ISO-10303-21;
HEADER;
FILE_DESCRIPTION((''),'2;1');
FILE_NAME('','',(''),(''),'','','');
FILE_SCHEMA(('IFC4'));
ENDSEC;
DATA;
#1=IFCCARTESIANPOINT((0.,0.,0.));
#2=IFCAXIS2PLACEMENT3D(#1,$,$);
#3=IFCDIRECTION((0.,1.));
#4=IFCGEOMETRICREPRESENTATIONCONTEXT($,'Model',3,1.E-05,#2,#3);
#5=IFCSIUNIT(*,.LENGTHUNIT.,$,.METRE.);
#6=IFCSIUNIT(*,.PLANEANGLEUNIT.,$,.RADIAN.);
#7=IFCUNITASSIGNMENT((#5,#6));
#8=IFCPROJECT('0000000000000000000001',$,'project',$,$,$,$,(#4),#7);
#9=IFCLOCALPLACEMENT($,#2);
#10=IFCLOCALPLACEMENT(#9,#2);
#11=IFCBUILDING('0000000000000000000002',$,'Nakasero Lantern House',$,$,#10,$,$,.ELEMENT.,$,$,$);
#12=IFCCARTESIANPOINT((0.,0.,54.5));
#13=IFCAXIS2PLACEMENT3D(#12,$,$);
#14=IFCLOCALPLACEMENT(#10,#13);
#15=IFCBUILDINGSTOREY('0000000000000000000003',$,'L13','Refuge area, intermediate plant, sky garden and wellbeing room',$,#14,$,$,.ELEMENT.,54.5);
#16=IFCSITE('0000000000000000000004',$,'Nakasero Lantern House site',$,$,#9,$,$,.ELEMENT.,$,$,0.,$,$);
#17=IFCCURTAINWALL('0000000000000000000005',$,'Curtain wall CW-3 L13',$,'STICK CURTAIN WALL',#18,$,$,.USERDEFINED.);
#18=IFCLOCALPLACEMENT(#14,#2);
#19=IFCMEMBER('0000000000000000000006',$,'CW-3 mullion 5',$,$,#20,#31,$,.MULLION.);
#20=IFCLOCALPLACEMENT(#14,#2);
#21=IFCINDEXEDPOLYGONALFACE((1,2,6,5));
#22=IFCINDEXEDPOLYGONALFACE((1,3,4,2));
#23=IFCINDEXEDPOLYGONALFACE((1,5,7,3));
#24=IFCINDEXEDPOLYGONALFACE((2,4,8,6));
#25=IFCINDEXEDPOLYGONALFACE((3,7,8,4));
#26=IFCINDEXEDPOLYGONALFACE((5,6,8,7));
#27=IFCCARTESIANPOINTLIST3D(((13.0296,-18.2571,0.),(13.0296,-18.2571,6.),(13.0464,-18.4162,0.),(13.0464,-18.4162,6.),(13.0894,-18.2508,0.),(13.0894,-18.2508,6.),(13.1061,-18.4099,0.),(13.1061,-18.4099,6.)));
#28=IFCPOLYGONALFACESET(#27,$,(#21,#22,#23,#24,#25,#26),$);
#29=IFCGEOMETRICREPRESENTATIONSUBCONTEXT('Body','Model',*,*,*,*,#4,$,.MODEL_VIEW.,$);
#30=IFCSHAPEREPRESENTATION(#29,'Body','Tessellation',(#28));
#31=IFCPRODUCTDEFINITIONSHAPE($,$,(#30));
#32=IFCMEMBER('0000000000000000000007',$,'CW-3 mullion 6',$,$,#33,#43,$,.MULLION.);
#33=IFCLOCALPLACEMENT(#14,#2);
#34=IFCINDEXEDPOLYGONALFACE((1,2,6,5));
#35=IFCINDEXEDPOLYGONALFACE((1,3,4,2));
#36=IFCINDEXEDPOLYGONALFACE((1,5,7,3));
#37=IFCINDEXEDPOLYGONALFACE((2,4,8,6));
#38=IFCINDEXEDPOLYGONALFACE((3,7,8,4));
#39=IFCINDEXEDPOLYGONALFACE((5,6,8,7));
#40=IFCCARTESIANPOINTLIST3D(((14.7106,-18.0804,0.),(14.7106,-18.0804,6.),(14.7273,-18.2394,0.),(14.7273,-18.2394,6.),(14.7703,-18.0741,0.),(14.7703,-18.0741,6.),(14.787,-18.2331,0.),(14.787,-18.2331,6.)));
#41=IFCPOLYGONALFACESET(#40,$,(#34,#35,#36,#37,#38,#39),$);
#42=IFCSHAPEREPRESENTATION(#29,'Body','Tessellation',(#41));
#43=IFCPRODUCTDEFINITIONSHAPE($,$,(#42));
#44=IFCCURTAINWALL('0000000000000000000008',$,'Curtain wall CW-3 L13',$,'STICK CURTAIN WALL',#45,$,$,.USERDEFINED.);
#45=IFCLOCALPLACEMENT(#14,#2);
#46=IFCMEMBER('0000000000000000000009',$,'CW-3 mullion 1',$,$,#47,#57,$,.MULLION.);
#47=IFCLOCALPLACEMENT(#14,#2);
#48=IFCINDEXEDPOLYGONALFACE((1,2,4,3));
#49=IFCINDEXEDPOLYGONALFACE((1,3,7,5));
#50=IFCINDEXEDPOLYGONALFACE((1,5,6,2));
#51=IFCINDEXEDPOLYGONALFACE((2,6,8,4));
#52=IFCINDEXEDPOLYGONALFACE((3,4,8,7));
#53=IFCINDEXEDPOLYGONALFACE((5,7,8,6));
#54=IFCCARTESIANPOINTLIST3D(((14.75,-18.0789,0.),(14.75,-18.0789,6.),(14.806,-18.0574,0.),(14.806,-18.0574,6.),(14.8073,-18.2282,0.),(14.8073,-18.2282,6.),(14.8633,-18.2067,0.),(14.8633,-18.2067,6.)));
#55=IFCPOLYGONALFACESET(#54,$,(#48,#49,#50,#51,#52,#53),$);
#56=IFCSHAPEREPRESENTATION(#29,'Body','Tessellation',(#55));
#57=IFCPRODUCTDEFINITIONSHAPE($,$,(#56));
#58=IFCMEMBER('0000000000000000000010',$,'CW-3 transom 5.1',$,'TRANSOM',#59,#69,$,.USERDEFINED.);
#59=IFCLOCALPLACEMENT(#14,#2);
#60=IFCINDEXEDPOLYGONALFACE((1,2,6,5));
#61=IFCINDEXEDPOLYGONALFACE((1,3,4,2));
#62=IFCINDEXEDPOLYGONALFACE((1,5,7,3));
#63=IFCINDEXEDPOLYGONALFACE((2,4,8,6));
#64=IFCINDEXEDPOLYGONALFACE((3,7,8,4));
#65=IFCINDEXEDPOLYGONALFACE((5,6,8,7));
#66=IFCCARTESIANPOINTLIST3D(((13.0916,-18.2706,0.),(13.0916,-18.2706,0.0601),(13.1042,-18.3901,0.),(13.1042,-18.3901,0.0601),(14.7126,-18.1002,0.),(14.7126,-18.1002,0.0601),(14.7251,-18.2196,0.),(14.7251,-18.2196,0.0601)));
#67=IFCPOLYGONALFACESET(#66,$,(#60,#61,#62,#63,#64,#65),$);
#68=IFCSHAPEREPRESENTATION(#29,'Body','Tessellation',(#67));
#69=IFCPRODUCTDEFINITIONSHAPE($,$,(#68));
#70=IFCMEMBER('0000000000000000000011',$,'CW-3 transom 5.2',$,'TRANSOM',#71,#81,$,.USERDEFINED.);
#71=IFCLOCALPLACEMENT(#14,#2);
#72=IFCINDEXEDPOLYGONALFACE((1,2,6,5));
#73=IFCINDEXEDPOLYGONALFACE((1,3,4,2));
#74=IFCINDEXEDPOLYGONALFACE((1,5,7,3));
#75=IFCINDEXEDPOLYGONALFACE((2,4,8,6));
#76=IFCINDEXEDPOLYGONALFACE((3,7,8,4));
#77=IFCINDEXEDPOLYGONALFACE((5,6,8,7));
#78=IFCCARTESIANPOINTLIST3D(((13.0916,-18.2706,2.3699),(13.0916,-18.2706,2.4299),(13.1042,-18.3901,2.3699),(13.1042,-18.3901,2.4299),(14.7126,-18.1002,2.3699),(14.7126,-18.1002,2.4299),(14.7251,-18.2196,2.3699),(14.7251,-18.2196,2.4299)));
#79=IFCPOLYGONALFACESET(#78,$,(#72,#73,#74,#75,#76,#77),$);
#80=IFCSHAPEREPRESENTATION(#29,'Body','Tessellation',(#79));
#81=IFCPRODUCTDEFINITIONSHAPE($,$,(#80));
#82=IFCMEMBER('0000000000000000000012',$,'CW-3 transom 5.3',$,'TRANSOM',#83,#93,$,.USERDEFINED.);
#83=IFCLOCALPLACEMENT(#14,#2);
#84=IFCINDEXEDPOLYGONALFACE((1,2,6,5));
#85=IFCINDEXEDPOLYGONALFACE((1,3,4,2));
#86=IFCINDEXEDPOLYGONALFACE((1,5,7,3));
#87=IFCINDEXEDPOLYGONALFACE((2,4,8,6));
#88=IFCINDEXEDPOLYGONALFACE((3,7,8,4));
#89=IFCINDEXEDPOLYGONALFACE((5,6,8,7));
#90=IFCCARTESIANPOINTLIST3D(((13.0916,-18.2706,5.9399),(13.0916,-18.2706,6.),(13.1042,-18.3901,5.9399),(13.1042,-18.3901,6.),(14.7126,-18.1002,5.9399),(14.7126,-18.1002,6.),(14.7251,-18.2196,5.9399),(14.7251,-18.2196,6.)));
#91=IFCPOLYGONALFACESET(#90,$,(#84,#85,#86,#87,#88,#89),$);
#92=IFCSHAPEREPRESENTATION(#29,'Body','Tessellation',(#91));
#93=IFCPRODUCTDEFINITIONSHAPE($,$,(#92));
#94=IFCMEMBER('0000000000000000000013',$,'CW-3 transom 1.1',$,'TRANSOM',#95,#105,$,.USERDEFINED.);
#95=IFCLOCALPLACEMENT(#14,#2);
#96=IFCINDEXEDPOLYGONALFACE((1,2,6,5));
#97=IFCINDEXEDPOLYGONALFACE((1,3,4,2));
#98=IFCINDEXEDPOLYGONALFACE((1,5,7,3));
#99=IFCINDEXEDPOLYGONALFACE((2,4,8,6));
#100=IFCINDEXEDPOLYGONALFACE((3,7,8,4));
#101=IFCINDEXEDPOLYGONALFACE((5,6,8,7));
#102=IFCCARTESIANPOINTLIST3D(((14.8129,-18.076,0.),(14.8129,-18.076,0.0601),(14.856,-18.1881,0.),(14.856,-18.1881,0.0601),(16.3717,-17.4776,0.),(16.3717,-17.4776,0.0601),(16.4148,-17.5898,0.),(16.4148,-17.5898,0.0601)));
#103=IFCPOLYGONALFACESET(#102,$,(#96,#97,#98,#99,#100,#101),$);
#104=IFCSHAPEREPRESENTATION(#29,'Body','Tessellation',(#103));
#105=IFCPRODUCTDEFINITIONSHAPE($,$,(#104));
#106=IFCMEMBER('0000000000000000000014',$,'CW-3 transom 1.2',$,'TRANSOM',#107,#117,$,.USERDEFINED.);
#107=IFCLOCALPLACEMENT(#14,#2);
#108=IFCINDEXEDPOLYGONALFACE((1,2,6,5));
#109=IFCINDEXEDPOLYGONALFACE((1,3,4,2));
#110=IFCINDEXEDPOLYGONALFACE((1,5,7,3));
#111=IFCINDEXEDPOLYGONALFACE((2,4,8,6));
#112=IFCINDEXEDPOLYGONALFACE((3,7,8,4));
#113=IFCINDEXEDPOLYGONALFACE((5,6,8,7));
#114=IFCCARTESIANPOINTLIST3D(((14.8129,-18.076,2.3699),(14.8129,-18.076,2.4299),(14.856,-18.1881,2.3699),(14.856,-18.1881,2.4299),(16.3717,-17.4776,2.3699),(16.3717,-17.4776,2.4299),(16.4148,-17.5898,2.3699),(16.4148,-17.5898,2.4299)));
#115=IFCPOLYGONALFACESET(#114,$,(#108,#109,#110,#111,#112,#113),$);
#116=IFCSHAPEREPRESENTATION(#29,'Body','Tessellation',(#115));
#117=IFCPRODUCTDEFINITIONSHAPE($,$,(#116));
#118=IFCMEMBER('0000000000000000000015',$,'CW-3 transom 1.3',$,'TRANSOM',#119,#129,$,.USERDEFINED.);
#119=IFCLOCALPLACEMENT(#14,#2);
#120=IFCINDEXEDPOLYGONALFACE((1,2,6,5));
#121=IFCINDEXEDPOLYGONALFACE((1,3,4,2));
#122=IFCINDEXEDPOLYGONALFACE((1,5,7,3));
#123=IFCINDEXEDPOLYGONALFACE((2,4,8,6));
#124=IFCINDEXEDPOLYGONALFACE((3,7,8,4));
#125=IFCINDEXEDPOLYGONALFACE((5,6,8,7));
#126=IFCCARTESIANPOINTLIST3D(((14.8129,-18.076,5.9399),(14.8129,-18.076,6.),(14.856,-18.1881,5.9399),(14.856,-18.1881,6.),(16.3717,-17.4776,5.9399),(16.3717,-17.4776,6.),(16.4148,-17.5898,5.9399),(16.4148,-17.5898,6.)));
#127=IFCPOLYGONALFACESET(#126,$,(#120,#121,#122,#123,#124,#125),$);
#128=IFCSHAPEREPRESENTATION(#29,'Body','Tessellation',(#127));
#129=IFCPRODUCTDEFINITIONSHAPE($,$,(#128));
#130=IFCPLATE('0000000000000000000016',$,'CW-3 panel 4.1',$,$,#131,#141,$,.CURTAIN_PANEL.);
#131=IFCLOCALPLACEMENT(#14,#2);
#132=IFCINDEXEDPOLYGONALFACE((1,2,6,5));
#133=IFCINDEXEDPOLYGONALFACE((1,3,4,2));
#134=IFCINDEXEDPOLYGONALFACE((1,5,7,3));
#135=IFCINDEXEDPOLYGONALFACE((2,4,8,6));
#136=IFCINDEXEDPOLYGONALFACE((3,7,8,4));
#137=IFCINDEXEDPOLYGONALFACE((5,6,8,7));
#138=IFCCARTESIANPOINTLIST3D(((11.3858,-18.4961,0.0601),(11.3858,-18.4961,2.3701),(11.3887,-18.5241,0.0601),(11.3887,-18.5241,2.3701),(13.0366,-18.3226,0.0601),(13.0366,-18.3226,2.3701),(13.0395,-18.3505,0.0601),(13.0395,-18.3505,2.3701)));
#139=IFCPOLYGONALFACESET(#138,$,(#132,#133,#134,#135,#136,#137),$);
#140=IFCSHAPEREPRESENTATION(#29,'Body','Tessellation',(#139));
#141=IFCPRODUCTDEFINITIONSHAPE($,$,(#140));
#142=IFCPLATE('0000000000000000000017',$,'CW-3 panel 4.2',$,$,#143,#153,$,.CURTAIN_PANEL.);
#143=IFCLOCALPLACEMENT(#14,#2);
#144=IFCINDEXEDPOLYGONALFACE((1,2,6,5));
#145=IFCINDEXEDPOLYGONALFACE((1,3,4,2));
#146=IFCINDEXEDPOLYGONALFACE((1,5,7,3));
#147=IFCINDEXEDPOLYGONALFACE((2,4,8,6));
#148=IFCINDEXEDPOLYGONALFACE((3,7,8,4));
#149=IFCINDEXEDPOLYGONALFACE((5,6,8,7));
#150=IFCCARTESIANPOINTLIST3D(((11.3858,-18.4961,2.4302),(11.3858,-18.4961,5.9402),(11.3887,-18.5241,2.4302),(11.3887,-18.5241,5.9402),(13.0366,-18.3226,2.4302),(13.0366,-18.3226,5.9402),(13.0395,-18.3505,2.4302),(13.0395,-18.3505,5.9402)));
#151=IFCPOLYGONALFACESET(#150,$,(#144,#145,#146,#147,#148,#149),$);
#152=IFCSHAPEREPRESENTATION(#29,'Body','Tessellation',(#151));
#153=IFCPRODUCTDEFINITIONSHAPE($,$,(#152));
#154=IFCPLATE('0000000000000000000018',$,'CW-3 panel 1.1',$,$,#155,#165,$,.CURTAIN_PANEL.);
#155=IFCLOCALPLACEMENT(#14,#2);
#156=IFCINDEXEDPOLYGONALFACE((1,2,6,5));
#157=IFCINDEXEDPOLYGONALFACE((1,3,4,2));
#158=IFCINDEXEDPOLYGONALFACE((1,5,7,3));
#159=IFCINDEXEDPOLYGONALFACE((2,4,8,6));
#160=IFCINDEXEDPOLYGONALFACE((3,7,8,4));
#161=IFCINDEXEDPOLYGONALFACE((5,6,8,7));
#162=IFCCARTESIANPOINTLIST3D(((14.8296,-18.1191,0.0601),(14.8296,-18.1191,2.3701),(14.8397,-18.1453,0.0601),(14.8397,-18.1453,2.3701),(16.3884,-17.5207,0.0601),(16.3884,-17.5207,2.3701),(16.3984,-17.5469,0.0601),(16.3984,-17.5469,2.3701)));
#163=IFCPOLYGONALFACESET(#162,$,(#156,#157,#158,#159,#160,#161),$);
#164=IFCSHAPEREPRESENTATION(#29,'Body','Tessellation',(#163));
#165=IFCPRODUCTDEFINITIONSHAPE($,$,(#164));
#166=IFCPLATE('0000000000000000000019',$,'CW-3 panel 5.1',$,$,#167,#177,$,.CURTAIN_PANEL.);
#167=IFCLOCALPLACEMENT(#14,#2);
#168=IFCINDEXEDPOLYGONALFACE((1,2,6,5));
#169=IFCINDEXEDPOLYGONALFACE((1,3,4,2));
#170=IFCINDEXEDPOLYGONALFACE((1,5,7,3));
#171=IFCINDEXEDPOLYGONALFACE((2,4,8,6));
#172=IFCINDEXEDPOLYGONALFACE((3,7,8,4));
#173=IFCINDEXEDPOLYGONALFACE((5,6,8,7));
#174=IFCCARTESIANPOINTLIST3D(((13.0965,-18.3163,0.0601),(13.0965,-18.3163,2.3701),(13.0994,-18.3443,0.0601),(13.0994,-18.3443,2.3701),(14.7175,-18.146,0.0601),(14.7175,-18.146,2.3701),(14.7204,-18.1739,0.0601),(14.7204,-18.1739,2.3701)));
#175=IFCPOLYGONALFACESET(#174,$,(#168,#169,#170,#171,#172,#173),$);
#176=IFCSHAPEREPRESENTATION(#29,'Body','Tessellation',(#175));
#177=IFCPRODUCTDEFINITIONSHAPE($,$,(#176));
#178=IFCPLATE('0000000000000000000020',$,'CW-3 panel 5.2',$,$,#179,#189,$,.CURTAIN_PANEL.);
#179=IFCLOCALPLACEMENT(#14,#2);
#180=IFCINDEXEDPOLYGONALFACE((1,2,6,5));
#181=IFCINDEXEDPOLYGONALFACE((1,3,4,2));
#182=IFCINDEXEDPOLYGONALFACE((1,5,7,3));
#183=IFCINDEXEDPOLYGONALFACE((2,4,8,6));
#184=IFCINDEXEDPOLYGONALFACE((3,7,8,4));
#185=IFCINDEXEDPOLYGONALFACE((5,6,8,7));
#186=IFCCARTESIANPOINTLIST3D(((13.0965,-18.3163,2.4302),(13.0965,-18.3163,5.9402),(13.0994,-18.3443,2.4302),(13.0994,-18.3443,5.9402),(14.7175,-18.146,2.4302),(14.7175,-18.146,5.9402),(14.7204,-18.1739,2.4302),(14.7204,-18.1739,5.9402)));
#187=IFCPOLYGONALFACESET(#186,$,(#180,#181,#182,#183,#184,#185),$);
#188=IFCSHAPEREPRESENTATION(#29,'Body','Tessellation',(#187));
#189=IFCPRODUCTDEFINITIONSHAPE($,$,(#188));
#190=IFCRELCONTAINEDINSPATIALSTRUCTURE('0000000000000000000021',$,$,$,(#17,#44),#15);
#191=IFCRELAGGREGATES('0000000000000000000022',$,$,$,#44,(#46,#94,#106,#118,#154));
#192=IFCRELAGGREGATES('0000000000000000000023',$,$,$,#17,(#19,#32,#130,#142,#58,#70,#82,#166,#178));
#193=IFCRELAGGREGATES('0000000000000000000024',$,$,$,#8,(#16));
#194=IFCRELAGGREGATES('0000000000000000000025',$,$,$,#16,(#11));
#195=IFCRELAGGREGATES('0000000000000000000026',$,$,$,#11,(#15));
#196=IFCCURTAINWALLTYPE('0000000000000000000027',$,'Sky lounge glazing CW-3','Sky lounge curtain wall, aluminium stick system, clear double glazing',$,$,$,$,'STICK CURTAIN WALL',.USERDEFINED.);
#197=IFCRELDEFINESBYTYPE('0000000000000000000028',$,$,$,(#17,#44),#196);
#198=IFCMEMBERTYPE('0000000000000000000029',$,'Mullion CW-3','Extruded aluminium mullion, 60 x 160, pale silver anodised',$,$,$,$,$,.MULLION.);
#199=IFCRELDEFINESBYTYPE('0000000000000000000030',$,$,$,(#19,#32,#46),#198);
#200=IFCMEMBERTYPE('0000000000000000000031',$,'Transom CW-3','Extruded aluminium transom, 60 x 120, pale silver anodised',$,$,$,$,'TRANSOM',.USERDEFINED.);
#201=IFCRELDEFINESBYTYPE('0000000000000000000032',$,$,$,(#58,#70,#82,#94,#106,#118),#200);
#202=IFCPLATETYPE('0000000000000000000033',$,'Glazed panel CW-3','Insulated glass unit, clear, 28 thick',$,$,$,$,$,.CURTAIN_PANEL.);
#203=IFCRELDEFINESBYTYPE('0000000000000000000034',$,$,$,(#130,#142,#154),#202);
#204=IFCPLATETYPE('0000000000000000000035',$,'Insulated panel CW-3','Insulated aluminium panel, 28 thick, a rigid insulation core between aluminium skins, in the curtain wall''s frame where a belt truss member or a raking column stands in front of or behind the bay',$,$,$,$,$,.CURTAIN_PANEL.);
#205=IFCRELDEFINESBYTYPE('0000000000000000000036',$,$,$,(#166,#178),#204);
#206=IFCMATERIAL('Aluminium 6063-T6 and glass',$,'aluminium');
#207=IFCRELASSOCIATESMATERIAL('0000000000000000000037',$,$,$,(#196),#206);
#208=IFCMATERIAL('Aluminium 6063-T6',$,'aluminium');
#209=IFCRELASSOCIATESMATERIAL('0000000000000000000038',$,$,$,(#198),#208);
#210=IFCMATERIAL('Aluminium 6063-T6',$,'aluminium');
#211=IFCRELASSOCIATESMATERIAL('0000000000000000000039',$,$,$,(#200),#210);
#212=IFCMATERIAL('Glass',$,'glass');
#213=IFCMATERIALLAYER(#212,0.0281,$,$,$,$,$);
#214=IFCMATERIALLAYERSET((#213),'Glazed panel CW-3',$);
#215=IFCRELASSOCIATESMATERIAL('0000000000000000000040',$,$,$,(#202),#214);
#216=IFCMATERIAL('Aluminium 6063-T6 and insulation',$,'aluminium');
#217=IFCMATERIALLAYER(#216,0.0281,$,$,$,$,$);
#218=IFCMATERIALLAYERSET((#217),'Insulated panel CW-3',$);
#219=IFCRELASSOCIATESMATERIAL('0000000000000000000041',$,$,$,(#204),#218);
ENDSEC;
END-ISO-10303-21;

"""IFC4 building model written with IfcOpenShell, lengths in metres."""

from ifc_helpers import new_model, si_unit, direction, frame, origin, origin_2d, place, context, subcontext, project, spatial, rectangle, extrude, material, layer, layer_set, material_profile, profile_set, type_object, element, aggregate, save


model = new_model("IFC4")

# Units and contexts
model_context = context("Model", 3, precision=1e-05, world=origin(), true_north=direction((0.0, 1.0)))
body_context = subcontext(model_context, "Body", "Model", "MODEL_VIEW")
ifc_project = project(units=[si_unit("LENGTHUNIT", "METRE"), si_unit("PLANEANGLEUNIT", "RADIAN")], contexts=[model_context])

# Site, building, storey
site_placement = place(None, origin())
site = spatial("IfcSite", under=ifc_project, at=site_placement, Name="Nakasero Lantern House site", CompositionType="ELEMENT", RefElevation=0.0)
building_placement = place(site_placement, origin())
building = spatial("IfcBuilding", under=site, at=building_placement, Name="Nakasero Lantern House", CompositionType="ELEMENT")
storey_placement = place(building_placement, frame((0.0, 0.0, 54.5)))
storey = spatial("IfcBuildingStorey", under=building, at=storey_placement, Name="L13", Description="Refuge area, intermediate plant, sky garden and wellbeing room", CompositionType="ELEMENT", Elevation=54.5)

# Curtain wall, members
ifc_material_1 = material(Name="Aluminium 6063-T6 and glass", Category="aluminium")
curtain_wall_type = type_object("IfcCurtainWallType", Name="Sky lounge glazing CW-3", Description="Sky lounge curtain wall, aluminium stick system, clear double glazing", ElementType="STICK CURTAIN WALL", PredefinedType="USERDEFINED", material=ifc_material_1)
curtain_wall_1_placement = place(storey_placement, origin())
curtain_wall_1 = element("IfcCurtainWall", 1, at=curtain_wall_1_placement, inside=storey, type_object=curtain_wall_type, Name="Curtain wall CW-3 L13", ObjectType="STICK CURTAIN WALL", PredefinedType="USERDEFINED")
ifc_material_2 = material(Name="Aluminium 6063-T6", Category="aluminium")
ifc_material_profile_1 = material_profile(ifc_material_2, rectangle(XDim=0.0601, YDim=0.1599, at=origin_2d()), Name="CW-3 mullion 60x160")
ifc_profile_set_1 = profile_set([ifc_material_profile_1], Name="Aluminium 6063-T6")
member_type_1 = type_object("IfcMemberType", Name="Mullion CW-3", Description="Extruded aluminium mullion, 60 x 160, pale silver anodised", PredefinedType="MULLION", material=ifc_profile_set_1)
member_1_placement = place(storey_placement, frame((13.0679, -18.3335, 0.0), z_axis=(0.0, 0.0, 1.0), x_axis=(0.994522, 0.104528, 0.0)))
member_1 = element("IfcMember", 2, at=member_1_placement, type_object=member_type_1, Name="CW-3 mullion 5", PredefinedType="MULLION", context=body_context, shape_type="SweptSolid", body=[
    extrude(rectangle(XDim=0.0601, YDim=0.1599, at=origin_2d()), origin(), (0.0, 0.0, 1.0), 6.0),
])
member_2_placement = place(storey_placement, frame((14.7488, -18.1567, 0.0), z_axis=(0.0, 0.0, 1.0), x_axis=(0.994522, 0.104528, 0.0)))
member_2 = element("IfcMember", 3, at=member_2_placement, type_object=member_type_1, Name="CW-3 mullion 6", PredefinedType="MULLION", context=body_context, shape_type="SweptSolid", body=[
    extrude(rectangle(XDim=0.0601, YDim=0.1599, at=origin_2d()), origin(), (0.0, 0.0, 1.0), 6.0),
])

# Curtain wall, member
curtain_wall_2_placement = place(storey_placement, origin())
curtain_wall_2 = element("IfcCurtainWall", 4, at=curtain_wall_2_placement, inside=storey, type_object=curtain_wall_type, Name="Curtain wall CW-3 L13", ObjectType="STICK CURTAIN WALL", PredefinedType="USERDEFINED")
member_3_placement = place(storey_placement, frame((14.8066, -18.1428, 0.0), z_axis=(0.0, 0.0, 1.0), x_axis=(0.93358, 0.358368, 0.0)))
member_3 = element("IfcMember", 5, at=member_3_placement, type_object=member_type_1, Name="CW-3 mullion 1", PredefinedType="MULLION", context=body_context, shape_type="SweptSolid", body=[
    extrude(rectangle(XDim=0.0601, YDim=0.1599, at=origin_2d()), origin(), (0.0, 0.0, 1.0), 6.0),
])

# Members
ifc_material_3 = material(Name="Aluminium 6063-T6", Category="aluminium")
ifc_material_profile_2 = material_profile(ifc_material_3, rectangle(XDim=0.0601, YDim=0.1201, at=origin_2d()), Name="CW-3 transom 60x120")
ifc_profile_set_2 = profile_set([ifc_material_profile_2], Name="Aluminium 6063-T6")
member_type_2 = type_object("IfcMemberType", Name="Transom CW-3", Description="Extruded aluminium transom, 60 x 120, pale silver anodised", ElementType="TRANSOM", PredefinedType="USERDEFINED", material=ifc_profile_set_2)
member_4_placement = place(storey_placement, frame((13.0979, -18.3303, 0.03), z_axis=(0.994519, 0.10456, 0.0), x_axis=(0.0, 0.0, 1.0)))
member_4 = element("IfcMember", 6, at=member_4_placement, type_object=member_type_2, Name="CW-3 transom 5.1", ObjectType="TRANSOM", PredefinedType="USERDEFINED", context=body_context, shape_type="SweptSolid", body=[
    extrude(rectangle(XDim=0.0601, YDim=0.1201, at=origin_2d()), origin(), (0.0, 0.0, 1.0), 1.6299),
])
member_5_placement = place(storey_placement, frame((13.0979, -18.3303, 2.3999), z_axis=(0.994519, 0.10456, 0.0), x_axis=(0.0, 0.0, 1.0)))
member_5 = element("IfcMember", 7, at=member_5_placement, type_object=member_type_2, Name="CW-3 transom 5.2", ObjectType="TRANSOM", PredefinedType="USERDEFINED", context=body_context, shape_type="SweptSolid", body=[
    extrude(rectangle(XDim=0.0601, YDim=0.1201, at=origin_2d()), origin(), (0.0, 0.0, 1.0), 1.6299),
])
member_6_placement = place(storey_placement, frame((13.0979, -18.3303, 5.97), z_axis=(0.994519, 0.10456, 0.0), x_axis=(0.0, 0.0, 1.0)))
member_6 = element("IfcMember", 8, at=member_6_placement, type_object=member_type_2, Name="CW-3 transom 5.3", ObjectType="TRANSOM", PredefinedType="USERDEFINED", context=body_context, shape_type="SweptSolid", body=[
    extrude(rectangle(XDim=0.0601, YDim=0.1201, at=origin_2d()), origin(), (0.0, 0.0, 1.0), 1.6299),
])
member_7_placement = place(storey_placement, frame((14.8345, -18.1321, 0.03), z_axis=(0.933579, 0.358372, 0.0), x_axis=(0.0, 0.0, 1.0)))
member_7 = element("IfcMember", 9, at=member_7_placement, type_object=member_type_2, Name="CW-3 transom 1.1", ObjectType="TRANSOM", PredefinedType="USERDEFINED", context=body_context, shape_type="SweptSolid", body=[
    extrude(rectangle(XDim=0.0601, YDim=0.1201, at=origin_2d()), origin(), (0.0, 0.0, 1.0), 1.6697),
])
member_8_placement = place(storey_placement, frame((14.8345, -18.1321, 2.3999), z_axis=(0.933579, 0.358372, 0.0), x_axis=(0.0, 0.0, 1.0)))
member_8 = element("IfcMember", 10, at=member_8_placement, type_object=member_type_2, Name="CW-3 transom 1.2", ObjectType="TRANSOM", PredefinedType="USERDEFINED", context=body_context, shape_type="SweptSolid", body=[
    extrude(rectangle(XDim=0.0601, YDim=0.1201, at=origin_2d()), origin(), (0.0, 0.0, 1.0), 1.6697),
])
member_9_placement = place(storey_placement, frame((14.8345, -18.1321, 5.97), z_axis=(0.933579, 0.358372, 0.0), x_axis=(0.0, 0.0, 1.0)))
member_9 = element("IfcMember", 11, at=member_9_placement, type_object=member_type_2, Name="CW-3 transom 1.3", ObjectType="TRANSOM", PredefinedType="USERDEFINED", context=body_context, shape_type="SweptSolid", body=[
    extrude(rectangle(XDim=0.0601, YDim=0.1201, at=origin_2d()), origin(), (0.0, 0.0, 1.0), 1.6697),
])

# Plates
ifc_material_4 = material(Name="Glass", Category="glass")
ifc_layer_1 = layer(ifc_material_4, 0.0281)
ifc_layer_set_1 = layer_set([ifc_layer_1], Name="Glazed panel CW-3")
plate_type_1 = type_object("IfcPlateType", Name="Glazed panel CW-3", Description="Insulated glass unit, clear, 28 thick", PredefinedType="CURTAIN_PANEL", material=ifc_layer_set_1)
plate_1_placement = place(storey_placement, frame((12.2126, -18.4233, 0.0601), z_axis=(0.0, 0.0, 1.0), x_axis=(0.994522, 0.104528, 0.0)))
plate_1 = element("IfcPlate", 12, at=plate_1_placement, type_object=plate_type_1, Name="CW-3 panel 4.1", PredefinedType="CURTAIN_PANEL", context=body_context, shape_type="SweptSolid", body=[
    extrude(rectangle(XDim=1.6599, YDim=0.0281, at=origin_2d()), origin(), (0.0, 0.0, 1.0), 2.3101),
])
plate_2_placement = place(storey_placement, frame((12.2126, -18.4233, 2.4302), z_axis=(0.0, 0.0, 1.0), x_axis=(0.994522, 0.104528, 0.0)))
plate_2 = element("IfcPlate", 13, at=plate_2_placement, type_object=plate_type_1, Name="CW-3 panel 4.2", PredefinedType="CURTAIN_PANEL", context=body_context, shape_type="SweptSolid", body=[
    extrude(rectangle(XDim=1.6599, YDim=0.0281, at=origin_2d()), origin(), (0.0, 0.0, 1.0), 3.51),
])
plate_3_placement = place(storey_placement, frame((15.614, -17.833, 0.0601), z_axis=(0.0, 0.0, 1.0), x_axis=(0.93358, 0.358368, 0.0)))
plate_3 = element("IfcPlate", 14, at=plate_3_placement, type_object=plate_type_1, Name="CW-3 panel 1.1", PredefinedType="CURTAIN_PANEL", context=body_context, shape_type="SweptSolid", body=[
    extrude(rectangle(XDim=1.6697, YDim=0.0281, at=origin_2d()), origin(), (0.0, 0.0, 1.0), 2.3101),
])
aggregate(curtain_wall_2, [member_3, member_7, member_8, member_9, plate_3])
ifc_material_5 = material(Name="Aluminium 6063-T6 and insulation", Category="aluminium")
ifc_layer_2 = layer(ifc_material_5, 0.0281)
ifc_layer_set_2 = layer_set([ifc_layer_2], Name="Insulated panel CW-3")
plate_type_2 = type_object("IfcPlateType", Name="Insulated panel CW-3", Description="Insulated aluminium panel, 28 thick, a rigid insulation core between aluminium skins, in the curtain wall's frame where a belt truss member or a raking column stands in front of or behind the bay", PredefinedType="CURTAIN_PANEL", material=ifc_layer_set_2)
plate_4_placement = place(storey_placement, frame((13.9084, -18.2451, 0.0601), z_axis=(0.0, 0.0, 1.0), x_axis=(0.994522, 0.104528, 0.0)))
plate_4 = element("IfcPlate", 15, at=plate_4_placement, type_object=plate_type_2, Name="CW-3 panel 5.1", PredefinedType="CURTAIN_PANEL", context=body_context, shape_type="SweptSolid", body=[
    extrude(rectangle(XDim=1.6299, YDim=0.0281, at=origin_2d()), origin(), (0.0, 0.0, 1.0), 2.3101),
])
plate_5_placement = place(storey_placement, frame((13.9084, -18.2451, 2.4302), z_axis=(0.0, 0.0, 1.0), x_axis=(0.994522, 0.104528, 0.0)))
plate_5 = element("IfcPlate", 16, at=plate_5_placement, type_object=plate_type_2, Name="CW-3 panel 5.2", PredefinedType="CURTAIN_PANEL", context=body_context, shape_type="SweptSolid", body=[
    extrude(rectangle(XDim=1.6299, YDim=0.0281, at=origin_2d()), origin(), (0.0, 0.0, 1.0), 3.51),
])
aggregate(curtain_wall_1, [member_1, member_2, plate_1, plate_2, member_4, member_5, member_6, plate_4, plate_5])

save(model, "model.ifc")
